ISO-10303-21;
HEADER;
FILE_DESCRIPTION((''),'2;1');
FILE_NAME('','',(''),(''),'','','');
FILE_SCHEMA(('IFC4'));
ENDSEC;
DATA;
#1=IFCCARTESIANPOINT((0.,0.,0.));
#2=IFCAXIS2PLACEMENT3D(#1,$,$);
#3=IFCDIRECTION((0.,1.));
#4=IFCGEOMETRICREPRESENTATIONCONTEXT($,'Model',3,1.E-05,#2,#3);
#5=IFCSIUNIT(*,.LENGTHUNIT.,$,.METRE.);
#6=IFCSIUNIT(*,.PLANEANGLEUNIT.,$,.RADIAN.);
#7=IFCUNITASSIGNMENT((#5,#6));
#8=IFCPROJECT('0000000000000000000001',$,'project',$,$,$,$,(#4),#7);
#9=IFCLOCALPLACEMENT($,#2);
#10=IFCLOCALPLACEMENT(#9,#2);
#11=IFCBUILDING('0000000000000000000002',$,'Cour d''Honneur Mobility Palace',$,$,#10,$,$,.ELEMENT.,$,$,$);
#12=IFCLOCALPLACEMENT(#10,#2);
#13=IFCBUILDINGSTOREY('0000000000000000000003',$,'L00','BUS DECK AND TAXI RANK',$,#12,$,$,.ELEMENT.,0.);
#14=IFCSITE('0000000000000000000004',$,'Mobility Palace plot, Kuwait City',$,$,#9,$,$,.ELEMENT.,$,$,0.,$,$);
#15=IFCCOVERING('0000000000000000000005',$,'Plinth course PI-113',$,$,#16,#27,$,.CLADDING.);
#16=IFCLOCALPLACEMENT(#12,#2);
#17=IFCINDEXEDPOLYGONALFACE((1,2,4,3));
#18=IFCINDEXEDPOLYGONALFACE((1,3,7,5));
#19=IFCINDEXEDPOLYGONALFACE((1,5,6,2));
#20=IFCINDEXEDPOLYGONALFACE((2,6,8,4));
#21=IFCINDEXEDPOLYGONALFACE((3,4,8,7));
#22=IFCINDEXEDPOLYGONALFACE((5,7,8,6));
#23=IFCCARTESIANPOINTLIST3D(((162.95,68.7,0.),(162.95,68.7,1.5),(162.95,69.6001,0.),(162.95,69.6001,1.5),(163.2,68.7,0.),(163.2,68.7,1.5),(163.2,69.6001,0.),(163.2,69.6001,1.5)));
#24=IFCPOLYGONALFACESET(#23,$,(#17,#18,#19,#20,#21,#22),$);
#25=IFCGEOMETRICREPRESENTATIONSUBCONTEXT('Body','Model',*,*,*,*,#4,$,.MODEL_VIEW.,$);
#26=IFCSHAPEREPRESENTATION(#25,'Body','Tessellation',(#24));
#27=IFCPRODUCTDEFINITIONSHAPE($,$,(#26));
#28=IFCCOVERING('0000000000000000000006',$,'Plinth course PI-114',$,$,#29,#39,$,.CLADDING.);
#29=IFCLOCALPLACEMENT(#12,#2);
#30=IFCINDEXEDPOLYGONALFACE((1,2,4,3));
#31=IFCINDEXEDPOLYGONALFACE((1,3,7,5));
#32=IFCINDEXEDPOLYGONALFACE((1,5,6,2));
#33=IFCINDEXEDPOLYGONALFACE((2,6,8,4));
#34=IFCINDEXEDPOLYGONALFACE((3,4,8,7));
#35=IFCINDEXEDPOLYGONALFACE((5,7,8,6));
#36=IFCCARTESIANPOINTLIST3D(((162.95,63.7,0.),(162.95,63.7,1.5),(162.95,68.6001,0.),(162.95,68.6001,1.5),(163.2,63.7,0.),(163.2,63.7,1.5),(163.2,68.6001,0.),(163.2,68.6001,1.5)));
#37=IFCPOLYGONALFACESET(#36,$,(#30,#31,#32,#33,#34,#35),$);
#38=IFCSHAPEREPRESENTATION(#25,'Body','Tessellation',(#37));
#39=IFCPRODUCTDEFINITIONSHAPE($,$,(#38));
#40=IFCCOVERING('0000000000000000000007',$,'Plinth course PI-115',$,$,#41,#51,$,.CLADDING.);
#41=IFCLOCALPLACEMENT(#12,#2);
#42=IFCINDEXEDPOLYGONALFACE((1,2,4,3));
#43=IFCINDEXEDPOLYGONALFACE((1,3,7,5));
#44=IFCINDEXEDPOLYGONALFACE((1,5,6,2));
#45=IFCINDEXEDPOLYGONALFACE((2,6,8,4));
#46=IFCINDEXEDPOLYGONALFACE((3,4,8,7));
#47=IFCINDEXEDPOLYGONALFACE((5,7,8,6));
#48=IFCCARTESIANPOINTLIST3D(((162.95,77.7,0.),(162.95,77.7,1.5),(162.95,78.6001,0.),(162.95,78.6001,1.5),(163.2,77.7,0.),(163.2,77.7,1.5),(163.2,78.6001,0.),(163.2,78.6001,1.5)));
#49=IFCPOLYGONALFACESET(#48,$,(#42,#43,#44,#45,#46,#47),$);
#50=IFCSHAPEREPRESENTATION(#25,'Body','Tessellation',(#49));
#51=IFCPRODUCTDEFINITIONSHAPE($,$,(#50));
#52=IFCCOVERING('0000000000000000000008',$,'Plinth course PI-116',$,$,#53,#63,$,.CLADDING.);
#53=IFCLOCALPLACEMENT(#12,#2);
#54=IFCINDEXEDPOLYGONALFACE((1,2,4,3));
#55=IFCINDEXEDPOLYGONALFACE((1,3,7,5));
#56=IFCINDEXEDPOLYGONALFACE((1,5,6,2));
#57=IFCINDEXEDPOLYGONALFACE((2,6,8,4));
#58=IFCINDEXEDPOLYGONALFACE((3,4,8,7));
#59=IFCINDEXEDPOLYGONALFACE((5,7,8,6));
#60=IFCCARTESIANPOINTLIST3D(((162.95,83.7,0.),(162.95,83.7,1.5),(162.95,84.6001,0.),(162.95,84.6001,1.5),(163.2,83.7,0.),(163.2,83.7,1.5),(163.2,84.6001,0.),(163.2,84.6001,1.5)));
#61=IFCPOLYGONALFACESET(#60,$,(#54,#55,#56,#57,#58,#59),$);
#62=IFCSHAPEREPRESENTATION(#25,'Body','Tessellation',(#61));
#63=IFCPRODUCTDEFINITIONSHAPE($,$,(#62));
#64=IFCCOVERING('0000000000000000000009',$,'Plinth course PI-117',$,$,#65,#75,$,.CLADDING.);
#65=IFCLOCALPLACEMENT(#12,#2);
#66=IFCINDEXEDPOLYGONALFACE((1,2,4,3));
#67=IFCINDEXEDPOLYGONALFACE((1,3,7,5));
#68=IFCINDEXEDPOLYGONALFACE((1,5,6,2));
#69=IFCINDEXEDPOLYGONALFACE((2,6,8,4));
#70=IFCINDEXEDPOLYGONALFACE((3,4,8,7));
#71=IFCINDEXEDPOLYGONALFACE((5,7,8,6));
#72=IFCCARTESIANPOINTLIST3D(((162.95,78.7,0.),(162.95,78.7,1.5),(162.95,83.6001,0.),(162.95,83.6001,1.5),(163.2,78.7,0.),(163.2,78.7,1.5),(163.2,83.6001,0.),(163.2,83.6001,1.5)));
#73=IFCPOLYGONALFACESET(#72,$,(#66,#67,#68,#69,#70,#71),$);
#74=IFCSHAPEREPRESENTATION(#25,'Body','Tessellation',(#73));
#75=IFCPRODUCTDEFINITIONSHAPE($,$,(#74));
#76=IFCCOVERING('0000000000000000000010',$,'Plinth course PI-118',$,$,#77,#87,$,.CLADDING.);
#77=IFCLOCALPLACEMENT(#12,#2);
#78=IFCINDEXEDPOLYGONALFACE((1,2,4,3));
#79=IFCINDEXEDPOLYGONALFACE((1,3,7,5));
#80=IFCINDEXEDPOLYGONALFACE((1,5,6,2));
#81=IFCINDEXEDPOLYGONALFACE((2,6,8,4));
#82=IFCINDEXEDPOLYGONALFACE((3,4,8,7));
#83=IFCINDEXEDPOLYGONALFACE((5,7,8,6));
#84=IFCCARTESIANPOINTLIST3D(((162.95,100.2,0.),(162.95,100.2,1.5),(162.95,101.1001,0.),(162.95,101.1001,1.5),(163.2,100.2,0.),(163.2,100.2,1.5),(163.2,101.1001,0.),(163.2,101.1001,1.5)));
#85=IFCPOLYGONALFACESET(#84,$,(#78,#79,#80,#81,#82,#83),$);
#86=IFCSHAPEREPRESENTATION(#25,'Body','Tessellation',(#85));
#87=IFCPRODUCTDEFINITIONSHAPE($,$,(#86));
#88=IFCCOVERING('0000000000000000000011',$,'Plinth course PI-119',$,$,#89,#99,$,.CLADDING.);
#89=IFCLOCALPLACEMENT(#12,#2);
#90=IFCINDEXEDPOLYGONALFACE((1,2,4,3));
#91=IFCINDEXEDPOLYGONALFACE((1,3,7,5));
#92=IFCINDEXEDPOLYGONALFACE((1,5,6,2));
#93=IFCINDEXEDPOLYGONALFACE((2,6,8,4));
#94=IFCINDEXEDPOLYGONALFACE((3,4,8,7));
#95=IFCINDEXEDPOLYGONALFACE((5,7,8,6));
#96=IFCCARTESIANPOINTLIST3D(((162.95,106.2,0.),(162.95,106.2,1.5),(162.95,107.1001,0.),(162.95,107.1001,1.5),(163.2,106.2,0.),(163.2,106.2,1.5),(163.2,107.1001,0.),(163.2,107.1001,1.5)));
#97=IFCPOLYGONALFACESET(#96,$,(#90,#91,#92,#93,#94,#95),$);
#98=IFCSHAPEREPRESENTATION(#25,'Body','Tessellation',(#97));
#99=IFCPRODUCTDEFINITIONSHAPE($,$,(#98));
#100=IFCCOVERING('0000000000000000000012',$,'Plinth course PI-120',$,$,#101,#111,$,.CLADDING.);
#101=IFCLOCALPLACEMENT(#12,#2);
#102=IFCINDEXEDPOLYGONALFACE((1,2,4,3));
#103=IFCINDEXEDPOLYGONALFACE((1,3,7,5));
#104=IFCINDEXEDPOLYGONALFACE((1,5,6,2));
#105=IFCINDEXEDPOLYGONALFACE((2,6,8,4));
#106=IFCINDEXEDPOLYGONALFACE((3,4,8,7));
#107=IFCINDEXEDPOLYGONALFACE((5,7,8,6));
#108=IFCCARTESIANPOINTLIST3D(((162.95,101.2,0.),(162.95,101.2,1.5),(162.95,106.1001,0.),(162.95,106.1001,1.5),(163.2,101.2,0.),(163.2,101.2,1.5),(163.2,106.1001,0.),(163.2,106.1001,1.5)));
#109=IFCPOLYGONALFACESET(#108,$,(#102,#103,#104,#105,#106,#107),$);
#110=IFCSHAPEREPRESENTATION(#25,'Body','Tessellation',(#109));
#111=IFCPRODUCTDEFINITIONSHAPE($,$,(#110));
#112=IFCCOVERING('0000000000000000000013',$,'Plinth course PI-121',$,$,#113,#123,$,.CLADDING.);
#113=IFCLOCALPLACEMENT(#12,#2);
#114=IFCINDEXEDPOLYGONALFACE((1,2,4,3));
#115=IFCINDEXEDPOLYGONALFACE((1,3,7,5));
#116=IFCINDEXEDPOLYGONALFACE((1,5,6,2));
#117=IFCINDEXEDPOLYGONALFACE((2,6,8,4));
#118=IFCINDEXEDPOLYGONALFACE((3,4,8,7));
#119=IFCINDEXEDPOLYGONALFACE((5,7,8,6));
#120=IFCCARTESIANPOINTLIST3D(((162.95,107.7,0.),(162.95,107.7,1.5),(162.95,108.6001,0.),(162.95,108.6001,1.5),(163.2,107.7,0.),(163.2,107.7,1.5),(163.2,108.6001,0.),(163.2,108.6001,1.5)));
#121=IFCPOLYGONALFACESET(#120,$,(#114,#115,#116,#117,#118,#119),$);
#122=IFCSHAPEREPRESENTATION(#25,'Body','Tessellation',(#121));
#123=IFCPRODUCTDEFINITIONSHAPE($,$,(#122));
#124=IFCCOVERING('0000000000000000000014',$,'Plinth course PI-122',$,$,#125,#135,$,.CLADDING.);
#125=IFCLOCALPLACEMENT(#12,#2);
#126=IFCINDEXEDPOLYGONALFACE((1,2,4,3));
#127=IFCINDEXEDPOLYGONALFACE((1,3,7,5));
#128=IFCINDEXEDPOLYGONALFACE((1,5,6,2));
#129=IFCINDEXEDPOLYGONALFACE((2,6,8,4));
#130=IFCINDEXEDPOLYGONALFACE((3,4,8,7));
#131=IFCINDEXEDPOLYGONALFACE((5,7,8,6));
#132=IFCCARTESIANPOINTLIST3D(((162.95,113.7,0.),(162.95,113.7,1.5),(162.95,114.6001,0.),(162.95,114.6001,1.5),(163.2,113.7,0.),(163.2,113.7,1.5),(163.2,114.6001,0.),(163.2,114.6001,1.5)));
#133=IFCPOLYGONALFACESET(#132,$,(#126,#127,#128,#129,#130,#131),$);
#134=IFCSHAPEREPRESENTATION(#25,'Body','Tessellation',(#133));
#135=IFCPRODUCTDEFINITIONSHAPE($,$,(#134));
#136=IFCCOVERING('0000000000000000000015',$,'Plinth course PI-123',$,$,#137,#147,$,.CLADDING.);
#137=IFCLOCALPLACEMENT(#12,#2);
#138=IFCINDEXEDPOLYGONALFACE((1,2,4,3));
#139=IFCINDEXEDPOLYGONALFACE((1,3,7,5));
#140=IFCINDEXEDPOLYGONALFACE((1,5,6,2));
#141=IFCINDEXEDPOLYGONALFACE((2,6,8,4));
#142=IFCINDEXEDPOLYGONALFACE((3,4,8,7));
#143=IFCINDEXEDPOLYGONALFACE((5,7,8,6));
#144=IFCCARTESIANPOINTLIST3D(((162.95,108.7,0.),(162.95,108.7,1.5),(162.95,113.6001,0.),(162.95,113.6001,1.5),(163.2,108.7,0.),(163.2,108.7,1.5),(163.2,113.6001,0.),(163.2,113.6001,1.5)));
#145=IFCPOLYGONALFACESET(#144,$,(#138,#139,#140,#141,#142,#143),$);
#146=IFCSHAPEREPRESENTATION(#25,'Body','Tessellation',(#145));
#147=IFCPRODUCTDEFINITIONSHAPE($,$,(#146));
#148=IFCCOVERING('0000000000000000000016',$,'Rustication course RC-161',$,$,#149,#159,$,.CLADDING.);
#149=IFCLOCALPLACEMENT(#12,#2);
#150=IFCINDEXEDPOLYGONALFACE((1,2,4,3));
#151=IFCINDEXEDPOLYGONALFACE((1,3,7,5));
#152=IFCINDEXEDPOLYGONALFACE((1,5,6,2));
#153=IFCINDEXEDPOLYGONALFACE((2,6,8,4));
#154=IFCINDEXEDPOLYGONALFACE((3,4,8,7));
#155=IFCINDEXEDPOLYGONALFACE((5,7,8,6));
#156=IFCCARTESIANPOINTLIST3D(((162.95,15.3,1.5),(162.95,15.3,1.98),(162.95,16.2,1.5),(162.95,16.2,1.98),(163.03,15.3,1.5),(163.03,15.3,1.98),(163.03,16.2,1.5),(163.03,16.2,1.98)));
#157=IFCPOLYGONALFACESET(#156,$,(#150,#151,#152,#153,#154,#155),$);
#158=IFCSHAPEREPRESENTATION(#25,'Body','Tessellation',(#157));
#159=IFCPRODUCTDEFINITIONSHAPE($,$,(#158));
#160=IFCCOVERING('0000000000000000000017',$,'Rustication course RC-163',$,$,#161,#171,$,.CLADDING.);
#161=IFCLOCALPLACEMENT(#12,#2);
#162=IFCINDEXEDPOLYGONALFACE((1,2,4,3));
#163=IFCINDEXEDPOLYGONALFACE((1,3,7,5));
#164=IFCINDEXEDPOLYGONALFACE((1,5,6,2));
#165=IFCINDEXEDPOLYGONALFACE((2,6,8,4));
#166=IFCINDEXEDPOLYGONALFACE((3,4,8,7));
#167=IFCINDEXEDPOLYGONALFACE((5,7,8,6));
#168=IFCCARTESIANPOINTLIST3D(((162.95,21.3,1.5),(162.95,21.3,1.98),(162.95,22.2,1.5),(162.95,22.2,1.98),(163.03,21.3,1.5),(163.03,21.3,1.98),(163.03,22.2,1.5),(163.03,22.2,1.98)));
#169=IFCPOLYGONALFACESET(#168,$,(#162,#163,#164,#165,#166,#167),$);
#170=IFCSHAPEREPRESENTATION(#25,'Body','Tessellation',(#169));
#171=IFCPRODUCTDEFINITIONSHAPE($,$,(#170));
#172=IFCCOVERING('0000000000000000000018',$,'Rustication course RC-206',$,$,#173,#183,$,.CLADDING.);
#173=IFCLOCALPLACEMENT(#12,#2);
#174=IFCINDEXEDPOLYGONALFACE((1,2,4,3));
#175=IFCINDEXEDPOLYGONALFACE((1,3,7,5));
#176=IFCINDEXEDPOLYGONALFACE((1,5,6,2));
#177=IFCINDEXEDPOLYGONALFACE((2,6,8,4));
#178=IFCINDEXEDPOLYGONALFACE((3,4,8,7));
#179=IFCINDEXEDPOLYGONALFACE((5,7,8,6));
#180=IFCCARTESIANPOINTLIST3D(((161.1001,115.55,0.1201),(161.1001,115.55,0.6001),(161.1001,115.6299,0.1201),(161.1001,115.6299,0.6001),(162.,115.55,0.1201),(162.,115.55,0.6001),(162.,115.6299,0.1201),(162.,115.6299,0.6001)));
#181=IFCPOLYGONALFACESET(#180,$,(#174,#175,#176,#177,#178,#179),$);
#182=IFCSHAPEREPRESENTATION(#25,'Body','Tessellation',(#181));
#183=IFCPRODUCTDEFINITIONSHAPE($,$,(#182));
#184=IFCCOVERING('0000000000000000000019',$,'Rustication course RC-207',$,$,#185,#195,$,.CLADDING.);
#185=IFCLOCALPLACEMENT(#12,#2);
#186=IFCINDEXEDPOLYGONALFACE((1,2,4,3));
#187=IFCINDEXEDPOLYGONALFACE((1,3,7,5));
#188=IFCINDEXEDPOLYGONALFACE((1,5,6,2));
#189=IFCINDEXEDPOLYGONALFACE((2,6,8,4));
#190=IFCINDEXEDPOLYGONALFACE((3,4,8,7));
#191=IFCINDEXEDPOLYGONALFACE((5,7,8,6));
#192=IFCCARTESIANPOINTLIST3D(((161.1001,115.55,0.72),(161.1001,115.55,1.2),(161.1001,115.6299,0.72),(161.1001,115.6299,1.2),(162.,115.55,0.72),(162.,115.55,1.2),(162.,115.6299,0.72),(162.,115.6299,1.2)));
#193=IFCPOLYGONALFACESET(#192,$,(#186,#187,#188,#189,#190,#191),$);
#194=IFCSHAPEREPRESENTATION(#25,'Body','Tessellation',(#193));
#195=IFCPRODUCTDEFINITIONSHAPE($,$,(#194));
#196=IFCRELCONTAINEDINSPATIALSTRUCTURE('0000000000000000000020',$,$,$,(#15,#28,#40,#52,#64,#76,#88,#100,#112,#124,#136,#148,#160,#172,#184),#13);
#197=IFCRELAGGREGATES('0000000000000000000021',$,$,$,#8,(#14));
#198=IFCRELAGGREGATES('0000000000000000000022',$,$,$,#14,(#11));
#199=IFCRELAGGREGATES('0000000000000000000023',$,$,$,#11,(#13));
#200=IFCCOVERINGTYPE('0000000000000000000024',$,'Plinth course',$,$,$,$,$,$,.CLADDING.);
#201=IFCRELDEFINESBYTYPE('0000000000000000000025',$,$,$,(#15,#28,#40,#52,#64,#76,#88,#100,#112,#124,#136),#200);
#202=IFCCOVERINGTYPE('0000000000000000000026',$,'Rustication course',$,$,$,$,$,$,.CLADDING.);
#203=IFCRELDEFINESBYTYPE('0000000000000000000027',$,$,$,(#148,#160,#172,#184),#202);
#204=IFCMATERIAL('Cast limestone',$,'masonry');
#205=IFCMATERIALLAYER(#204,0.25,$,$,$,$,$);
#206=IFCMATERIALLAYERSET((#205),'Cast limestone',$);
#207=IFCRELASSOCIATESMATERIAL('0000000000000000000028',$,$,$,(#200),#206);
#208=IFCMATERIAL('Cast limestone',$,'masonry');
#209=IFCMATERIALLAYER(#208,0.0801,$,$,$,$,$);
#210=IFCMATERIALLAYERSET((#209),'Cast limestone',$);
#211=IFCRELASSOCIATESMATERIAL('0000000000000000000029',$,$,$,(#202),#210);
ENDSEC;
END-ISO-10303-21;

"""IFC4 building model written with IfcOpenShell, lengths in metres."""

from ifc_helpers import new_model, si_unit, direction, frame, origin, place, context, subcontext, project, spatial, polyline, outline, extrude, material, layer, layer_set, type_object, element, save


model = new_model("IFC4")

# Units and contexts
model_context = context("Model", 3, precision=1e-05, world=origin(), true_north=direction((0.0, 1.0)))
body_context = subcontext(model_context, "Body", "Model", "MODEL_VIEW")
ifc_project = project(units=[si_unit("LENGTHUNIT", "METRE"), si_unit("PLANEANGLEUNIT", "RADIAN")], contexts=[model_context])

# Site, building, storey
site_placement = place(None, origin())
site = spatial("IfcSite", under=ifc_project, at=site_placement, Name="Mobility Palace plot, Kuwait City", CompositionType="ELEMENT", RefElevation=0.0)
building_placement = place(site_placement, origin())
building = spatial("IfcBuilding", under=site, at=building_placement, Name="Cour d'Honneur Mobility Palace", CompositionType="ELEMENT")
storey_placement = place(building_placement, origin())
storey = spatial("IfcBuildingStorey", under=building, at=storey_placement, Name="L00", Description="BUS DECK AND TAXI RANK", CompositionType="ELEMENT", Elevation=0.0)

# Coverings
ifc_material_1 = material(Name="Cast limestone", Category="masonry")
ifc_layer_1 = layer(ifc_material_1, 0.25)
ifc_layer_set_1 = layer_set([ifc_layer_1], Name="Cast limestone")
covering_type_1 = type_object("IfcCoveringType", Name="Plinth course", PredefinedType="CLADDING", material=ifc_layer_set_1)
covering_1_placement = place(storey_placement, origin())
element("IfcCovering", 1, at=covering_1_placement, inside=storey, type_object=covering_type_1, Name="Plinth course PI-113", PredefinedType="CLADDING", context=body_context, shape_type="SweptSolid", body=[
    extrude(outline(polyline([(162.95, 68.7), (162.95, 69.6001), (163.2, 69.6001), (163.2, 68.7), (162.95, 68.7)])), origin(), (0.0, 0.0, 1.0), 1.5),
])
covering_2_placement = place(storey_placement, origin())
element("IfcCovering", 2, at=covering_2_placement, inside=storey, type_object=covering_type_1, Name="Plinth course PI-114", PredefinedType="CLADDING", context=body_context, shape_type="SweptSolid", body=[
    extrude(outline(polyline([(162.95, 63.7), (162.95, 68.6001), (163.2, 68.6001), (163.2, 63.7), (162.95, 63.7)])), origin(), (0.0, 0.0, 1.0), 1.5),
])
covering_3_placement = place(storey_placement, origin())
element("IfcCovering", 3, at=covering_3_placement, inside=storey, type_object=covering_type_1, Name="Plinth course PI-115", PredefinedType="CLADDING", context=body_context, shape_type="SweptSolid", body=[
    extrude(outline(polyline([(162.95, 77.7), (162.95, 78.6001), (163.2, 78.6001), (163.2, 77.7), (162.95, 77.7)])), origin(), (0.0, 0.0, 1.0), 1.5),
])
covering_4_placement = place(storey_placement, origin())
element("IfcCovering", 4, at=covering_4_placement, inside=storey, type_object=covering_type_1, Name="Plinth course PI-116", PredefinedType="CLADDING", context=body_context, shape_type="SweptSolid", body=[
    extrude(outline(polyline([(162.95, 83.7), (162.95, 84.6001), (163.2, 84.6001), (163.2, 83.7), (162.95, 83.7)])), origin(), (0.0, 0.0, 1.0), 1.5),
])
covering_5_placement = place(storey_placement, origin())
element("IfcCovering", 5, at=covering_5_placement, inside=storey, type_object=covering_type_1, Name="Plinth course PI-117", PredefinedType="CLADDING", context=body_context, shape_type="SweptSolid", body=[
    extrude(outline(polyline([(162.95, 78.7), (162.95, 83.6001), (163.2, 83.6001), (163.2, 78.7), (162.95, 78.7)])), origin(), (0.0, 0.0, 1.0), 1.5),
])
covering_6_placement = place(storey_placement, origin())
element("IfcCovering", 6, at=covering_6_placement, inside=storey, type_object=covering_type_1, Name="Plinth course PI-118", PredefinedType="CLADDING", context=body_context, shape_type="SweptSolid", body=[
    extrude(outline(polyline([(162.95, 100.2), (162.95, 101.1001), (163.2, 101.1001), (163.2, 100.2), (162.95, 100.2)])), origin(), (0.0, 0.0, 1.0), 1.5),
])
covering_7_placement = place(storey_placement, origin())
element("IfcCovering", 7, at=covering_7_placement, inside=storey, type_object=covering_type_1, Name="Plinth course PI-119", PredefinedType="CLADDING", context=body_context, shape_type="SweptSolid", body=[
    extrude(outline(polyline([(162.95, 106.2), (162.95, 107.1001), (163.2, 107.1001), (163.2, 106.2), (162.95, 106.2)])), origin(), (0.0, 0.0, 1.0), 1.5),
])
covering_8_placement = place(storey_placement, origin())
element("IfcCovering", 8, at=covering_8_placement, inside=storey, type_object=covering_type_1, Name="Plinth course PI-120", PredefinedType="CLADDING", context=body_context, shape_type="SweptSolid", body=[
    extrude(outline(polyline([(162.95, 101.2), (162.95, 106.1001), (163.2, 106.1001), (163.2, 101.2), (162.95, 101.2)])), origin(), (0.0, 0.0, 1.0), 1.5),
])
covering_9_placement = place(storey_placement, origin())
element("IfcCovering", 9, at=covering_9_placement, inside=storey, type_object=covering_type_1, Name="Plinth course PI-121", PredefinedType="CLADDING", context=body_context, shape_type="SweptSolid", body=[
    extrude(outline(polyline([(162.95, 107.7), (162.95, 108.6001), (163.2, 108.6001), (163.2, 107.7), (162.95, 107.7)])), origin(), (0.0, 0.0, 1.0), 1.5),
])
covering_10_placement = place(storey_placement, origin())
element("IfcCovering", 10, at=covering_10_placement, inside=storey, type_object=covering_type_1, Name="Plinth course PI-122", PredefinedType="CLADDING", context=body_context, shape_type="SweptSolid", body=[
    extrude(outline(polyline([(162.95, 113.7), (162.95, 114.6001), (163.2, 114.6001), (163.2, 113.7), (162.95, 113.7)])), origin(), (0.0, 0.0, 1.0), 1.5),
])
covering_11_placement = place(storey_placement, origin())
element("IfcCovering", 11, at=covering_11_placement, inside=storey, type_object=covering_type_1, Name="Plinth course PI-123", PredefinedType="CLADDING", context=body_context, shape_type="SweptSolid", body=[
    extrude(outline(polyline([(162.95, 108.7), (162.95, 113.6001), (163.2, 113.6001), (163.2, 108.7), (162.95, 108.7)])), origin(), (0.0, 0.0, 1.0), 1.5),
])
ifc_material_2 = material(Name="Cast limestone", Category="masonry")
ifc_layer_2 = layer(ifc_material_2, 0.0801)
ifc_layer_set_2 = layer_set([ifc_layer_2], Name="Cast limestone")
covering_type_2 = type_object("IfcCoveringType", Name="Rustication course", PredefinedType="CLADDING", material=ifc_layer_set_2)
covering_12_placement = place(storey_placement, frame((0.0, 0.0, 1.5)))
element("IfcCovering", 12, at=covering_12_placement, inside=storey, type_object=covering_type_2, Name="Rustication course RC-161", PredefinedType="CLADDING", context=body_context, shape_type="SweptSolid", body=[
    extrude(outline(polyline([(162.95, 15.3), (162.95, 16.2), (163.03, 16.2), (163.03, 15.3), (162.95, 15.3)])), origin(), (0.0, 0.0, 1.0), 0.48),
])
covering_13_placement = place(storey_placement, frame((0.0, 0.0, 1.5)))
element("IfcCovering", 13, at=covering_13_placement, inside=storey, type_object=covering_type_2, Name="Rustication course RC-163", PredefinedType="CLADDING", context=body_context, shape_type="SweptSolid", body=[
    extrude(outline(polyline([(162.95, 21.3), (162.95, 22.2), (163.03, 22.2), (163.03, 21.3), (162.95, 21.3)])), origin(), (0.0, 0.0, 1.0), 0.48),
])
for number, where, name in (
    (14, (0.0, 0.0, 0.1201), "Rustication course RC-206"),
    (15, (0.0, 0.0, 0.72), "Rustication course RC-207"),
):
    element("IfcCovering", number, at=place(storey_placement, frame(where)), inside=storey, type_object=covering_type_2, Name=name, PredefinedType="CLADDING", context=body_context, shape_type="SweptSolid", body=[
        extrude(outline(polyline([(162.0, 115.55), (161.1001, 115.55), (161.1001, 115.6299), (162.0, 115.6299), (162.0, 115.55)])), origin(), (0.0, 0.0, 1.0), 0.48),
    ])

save(model, "model.ifc")
